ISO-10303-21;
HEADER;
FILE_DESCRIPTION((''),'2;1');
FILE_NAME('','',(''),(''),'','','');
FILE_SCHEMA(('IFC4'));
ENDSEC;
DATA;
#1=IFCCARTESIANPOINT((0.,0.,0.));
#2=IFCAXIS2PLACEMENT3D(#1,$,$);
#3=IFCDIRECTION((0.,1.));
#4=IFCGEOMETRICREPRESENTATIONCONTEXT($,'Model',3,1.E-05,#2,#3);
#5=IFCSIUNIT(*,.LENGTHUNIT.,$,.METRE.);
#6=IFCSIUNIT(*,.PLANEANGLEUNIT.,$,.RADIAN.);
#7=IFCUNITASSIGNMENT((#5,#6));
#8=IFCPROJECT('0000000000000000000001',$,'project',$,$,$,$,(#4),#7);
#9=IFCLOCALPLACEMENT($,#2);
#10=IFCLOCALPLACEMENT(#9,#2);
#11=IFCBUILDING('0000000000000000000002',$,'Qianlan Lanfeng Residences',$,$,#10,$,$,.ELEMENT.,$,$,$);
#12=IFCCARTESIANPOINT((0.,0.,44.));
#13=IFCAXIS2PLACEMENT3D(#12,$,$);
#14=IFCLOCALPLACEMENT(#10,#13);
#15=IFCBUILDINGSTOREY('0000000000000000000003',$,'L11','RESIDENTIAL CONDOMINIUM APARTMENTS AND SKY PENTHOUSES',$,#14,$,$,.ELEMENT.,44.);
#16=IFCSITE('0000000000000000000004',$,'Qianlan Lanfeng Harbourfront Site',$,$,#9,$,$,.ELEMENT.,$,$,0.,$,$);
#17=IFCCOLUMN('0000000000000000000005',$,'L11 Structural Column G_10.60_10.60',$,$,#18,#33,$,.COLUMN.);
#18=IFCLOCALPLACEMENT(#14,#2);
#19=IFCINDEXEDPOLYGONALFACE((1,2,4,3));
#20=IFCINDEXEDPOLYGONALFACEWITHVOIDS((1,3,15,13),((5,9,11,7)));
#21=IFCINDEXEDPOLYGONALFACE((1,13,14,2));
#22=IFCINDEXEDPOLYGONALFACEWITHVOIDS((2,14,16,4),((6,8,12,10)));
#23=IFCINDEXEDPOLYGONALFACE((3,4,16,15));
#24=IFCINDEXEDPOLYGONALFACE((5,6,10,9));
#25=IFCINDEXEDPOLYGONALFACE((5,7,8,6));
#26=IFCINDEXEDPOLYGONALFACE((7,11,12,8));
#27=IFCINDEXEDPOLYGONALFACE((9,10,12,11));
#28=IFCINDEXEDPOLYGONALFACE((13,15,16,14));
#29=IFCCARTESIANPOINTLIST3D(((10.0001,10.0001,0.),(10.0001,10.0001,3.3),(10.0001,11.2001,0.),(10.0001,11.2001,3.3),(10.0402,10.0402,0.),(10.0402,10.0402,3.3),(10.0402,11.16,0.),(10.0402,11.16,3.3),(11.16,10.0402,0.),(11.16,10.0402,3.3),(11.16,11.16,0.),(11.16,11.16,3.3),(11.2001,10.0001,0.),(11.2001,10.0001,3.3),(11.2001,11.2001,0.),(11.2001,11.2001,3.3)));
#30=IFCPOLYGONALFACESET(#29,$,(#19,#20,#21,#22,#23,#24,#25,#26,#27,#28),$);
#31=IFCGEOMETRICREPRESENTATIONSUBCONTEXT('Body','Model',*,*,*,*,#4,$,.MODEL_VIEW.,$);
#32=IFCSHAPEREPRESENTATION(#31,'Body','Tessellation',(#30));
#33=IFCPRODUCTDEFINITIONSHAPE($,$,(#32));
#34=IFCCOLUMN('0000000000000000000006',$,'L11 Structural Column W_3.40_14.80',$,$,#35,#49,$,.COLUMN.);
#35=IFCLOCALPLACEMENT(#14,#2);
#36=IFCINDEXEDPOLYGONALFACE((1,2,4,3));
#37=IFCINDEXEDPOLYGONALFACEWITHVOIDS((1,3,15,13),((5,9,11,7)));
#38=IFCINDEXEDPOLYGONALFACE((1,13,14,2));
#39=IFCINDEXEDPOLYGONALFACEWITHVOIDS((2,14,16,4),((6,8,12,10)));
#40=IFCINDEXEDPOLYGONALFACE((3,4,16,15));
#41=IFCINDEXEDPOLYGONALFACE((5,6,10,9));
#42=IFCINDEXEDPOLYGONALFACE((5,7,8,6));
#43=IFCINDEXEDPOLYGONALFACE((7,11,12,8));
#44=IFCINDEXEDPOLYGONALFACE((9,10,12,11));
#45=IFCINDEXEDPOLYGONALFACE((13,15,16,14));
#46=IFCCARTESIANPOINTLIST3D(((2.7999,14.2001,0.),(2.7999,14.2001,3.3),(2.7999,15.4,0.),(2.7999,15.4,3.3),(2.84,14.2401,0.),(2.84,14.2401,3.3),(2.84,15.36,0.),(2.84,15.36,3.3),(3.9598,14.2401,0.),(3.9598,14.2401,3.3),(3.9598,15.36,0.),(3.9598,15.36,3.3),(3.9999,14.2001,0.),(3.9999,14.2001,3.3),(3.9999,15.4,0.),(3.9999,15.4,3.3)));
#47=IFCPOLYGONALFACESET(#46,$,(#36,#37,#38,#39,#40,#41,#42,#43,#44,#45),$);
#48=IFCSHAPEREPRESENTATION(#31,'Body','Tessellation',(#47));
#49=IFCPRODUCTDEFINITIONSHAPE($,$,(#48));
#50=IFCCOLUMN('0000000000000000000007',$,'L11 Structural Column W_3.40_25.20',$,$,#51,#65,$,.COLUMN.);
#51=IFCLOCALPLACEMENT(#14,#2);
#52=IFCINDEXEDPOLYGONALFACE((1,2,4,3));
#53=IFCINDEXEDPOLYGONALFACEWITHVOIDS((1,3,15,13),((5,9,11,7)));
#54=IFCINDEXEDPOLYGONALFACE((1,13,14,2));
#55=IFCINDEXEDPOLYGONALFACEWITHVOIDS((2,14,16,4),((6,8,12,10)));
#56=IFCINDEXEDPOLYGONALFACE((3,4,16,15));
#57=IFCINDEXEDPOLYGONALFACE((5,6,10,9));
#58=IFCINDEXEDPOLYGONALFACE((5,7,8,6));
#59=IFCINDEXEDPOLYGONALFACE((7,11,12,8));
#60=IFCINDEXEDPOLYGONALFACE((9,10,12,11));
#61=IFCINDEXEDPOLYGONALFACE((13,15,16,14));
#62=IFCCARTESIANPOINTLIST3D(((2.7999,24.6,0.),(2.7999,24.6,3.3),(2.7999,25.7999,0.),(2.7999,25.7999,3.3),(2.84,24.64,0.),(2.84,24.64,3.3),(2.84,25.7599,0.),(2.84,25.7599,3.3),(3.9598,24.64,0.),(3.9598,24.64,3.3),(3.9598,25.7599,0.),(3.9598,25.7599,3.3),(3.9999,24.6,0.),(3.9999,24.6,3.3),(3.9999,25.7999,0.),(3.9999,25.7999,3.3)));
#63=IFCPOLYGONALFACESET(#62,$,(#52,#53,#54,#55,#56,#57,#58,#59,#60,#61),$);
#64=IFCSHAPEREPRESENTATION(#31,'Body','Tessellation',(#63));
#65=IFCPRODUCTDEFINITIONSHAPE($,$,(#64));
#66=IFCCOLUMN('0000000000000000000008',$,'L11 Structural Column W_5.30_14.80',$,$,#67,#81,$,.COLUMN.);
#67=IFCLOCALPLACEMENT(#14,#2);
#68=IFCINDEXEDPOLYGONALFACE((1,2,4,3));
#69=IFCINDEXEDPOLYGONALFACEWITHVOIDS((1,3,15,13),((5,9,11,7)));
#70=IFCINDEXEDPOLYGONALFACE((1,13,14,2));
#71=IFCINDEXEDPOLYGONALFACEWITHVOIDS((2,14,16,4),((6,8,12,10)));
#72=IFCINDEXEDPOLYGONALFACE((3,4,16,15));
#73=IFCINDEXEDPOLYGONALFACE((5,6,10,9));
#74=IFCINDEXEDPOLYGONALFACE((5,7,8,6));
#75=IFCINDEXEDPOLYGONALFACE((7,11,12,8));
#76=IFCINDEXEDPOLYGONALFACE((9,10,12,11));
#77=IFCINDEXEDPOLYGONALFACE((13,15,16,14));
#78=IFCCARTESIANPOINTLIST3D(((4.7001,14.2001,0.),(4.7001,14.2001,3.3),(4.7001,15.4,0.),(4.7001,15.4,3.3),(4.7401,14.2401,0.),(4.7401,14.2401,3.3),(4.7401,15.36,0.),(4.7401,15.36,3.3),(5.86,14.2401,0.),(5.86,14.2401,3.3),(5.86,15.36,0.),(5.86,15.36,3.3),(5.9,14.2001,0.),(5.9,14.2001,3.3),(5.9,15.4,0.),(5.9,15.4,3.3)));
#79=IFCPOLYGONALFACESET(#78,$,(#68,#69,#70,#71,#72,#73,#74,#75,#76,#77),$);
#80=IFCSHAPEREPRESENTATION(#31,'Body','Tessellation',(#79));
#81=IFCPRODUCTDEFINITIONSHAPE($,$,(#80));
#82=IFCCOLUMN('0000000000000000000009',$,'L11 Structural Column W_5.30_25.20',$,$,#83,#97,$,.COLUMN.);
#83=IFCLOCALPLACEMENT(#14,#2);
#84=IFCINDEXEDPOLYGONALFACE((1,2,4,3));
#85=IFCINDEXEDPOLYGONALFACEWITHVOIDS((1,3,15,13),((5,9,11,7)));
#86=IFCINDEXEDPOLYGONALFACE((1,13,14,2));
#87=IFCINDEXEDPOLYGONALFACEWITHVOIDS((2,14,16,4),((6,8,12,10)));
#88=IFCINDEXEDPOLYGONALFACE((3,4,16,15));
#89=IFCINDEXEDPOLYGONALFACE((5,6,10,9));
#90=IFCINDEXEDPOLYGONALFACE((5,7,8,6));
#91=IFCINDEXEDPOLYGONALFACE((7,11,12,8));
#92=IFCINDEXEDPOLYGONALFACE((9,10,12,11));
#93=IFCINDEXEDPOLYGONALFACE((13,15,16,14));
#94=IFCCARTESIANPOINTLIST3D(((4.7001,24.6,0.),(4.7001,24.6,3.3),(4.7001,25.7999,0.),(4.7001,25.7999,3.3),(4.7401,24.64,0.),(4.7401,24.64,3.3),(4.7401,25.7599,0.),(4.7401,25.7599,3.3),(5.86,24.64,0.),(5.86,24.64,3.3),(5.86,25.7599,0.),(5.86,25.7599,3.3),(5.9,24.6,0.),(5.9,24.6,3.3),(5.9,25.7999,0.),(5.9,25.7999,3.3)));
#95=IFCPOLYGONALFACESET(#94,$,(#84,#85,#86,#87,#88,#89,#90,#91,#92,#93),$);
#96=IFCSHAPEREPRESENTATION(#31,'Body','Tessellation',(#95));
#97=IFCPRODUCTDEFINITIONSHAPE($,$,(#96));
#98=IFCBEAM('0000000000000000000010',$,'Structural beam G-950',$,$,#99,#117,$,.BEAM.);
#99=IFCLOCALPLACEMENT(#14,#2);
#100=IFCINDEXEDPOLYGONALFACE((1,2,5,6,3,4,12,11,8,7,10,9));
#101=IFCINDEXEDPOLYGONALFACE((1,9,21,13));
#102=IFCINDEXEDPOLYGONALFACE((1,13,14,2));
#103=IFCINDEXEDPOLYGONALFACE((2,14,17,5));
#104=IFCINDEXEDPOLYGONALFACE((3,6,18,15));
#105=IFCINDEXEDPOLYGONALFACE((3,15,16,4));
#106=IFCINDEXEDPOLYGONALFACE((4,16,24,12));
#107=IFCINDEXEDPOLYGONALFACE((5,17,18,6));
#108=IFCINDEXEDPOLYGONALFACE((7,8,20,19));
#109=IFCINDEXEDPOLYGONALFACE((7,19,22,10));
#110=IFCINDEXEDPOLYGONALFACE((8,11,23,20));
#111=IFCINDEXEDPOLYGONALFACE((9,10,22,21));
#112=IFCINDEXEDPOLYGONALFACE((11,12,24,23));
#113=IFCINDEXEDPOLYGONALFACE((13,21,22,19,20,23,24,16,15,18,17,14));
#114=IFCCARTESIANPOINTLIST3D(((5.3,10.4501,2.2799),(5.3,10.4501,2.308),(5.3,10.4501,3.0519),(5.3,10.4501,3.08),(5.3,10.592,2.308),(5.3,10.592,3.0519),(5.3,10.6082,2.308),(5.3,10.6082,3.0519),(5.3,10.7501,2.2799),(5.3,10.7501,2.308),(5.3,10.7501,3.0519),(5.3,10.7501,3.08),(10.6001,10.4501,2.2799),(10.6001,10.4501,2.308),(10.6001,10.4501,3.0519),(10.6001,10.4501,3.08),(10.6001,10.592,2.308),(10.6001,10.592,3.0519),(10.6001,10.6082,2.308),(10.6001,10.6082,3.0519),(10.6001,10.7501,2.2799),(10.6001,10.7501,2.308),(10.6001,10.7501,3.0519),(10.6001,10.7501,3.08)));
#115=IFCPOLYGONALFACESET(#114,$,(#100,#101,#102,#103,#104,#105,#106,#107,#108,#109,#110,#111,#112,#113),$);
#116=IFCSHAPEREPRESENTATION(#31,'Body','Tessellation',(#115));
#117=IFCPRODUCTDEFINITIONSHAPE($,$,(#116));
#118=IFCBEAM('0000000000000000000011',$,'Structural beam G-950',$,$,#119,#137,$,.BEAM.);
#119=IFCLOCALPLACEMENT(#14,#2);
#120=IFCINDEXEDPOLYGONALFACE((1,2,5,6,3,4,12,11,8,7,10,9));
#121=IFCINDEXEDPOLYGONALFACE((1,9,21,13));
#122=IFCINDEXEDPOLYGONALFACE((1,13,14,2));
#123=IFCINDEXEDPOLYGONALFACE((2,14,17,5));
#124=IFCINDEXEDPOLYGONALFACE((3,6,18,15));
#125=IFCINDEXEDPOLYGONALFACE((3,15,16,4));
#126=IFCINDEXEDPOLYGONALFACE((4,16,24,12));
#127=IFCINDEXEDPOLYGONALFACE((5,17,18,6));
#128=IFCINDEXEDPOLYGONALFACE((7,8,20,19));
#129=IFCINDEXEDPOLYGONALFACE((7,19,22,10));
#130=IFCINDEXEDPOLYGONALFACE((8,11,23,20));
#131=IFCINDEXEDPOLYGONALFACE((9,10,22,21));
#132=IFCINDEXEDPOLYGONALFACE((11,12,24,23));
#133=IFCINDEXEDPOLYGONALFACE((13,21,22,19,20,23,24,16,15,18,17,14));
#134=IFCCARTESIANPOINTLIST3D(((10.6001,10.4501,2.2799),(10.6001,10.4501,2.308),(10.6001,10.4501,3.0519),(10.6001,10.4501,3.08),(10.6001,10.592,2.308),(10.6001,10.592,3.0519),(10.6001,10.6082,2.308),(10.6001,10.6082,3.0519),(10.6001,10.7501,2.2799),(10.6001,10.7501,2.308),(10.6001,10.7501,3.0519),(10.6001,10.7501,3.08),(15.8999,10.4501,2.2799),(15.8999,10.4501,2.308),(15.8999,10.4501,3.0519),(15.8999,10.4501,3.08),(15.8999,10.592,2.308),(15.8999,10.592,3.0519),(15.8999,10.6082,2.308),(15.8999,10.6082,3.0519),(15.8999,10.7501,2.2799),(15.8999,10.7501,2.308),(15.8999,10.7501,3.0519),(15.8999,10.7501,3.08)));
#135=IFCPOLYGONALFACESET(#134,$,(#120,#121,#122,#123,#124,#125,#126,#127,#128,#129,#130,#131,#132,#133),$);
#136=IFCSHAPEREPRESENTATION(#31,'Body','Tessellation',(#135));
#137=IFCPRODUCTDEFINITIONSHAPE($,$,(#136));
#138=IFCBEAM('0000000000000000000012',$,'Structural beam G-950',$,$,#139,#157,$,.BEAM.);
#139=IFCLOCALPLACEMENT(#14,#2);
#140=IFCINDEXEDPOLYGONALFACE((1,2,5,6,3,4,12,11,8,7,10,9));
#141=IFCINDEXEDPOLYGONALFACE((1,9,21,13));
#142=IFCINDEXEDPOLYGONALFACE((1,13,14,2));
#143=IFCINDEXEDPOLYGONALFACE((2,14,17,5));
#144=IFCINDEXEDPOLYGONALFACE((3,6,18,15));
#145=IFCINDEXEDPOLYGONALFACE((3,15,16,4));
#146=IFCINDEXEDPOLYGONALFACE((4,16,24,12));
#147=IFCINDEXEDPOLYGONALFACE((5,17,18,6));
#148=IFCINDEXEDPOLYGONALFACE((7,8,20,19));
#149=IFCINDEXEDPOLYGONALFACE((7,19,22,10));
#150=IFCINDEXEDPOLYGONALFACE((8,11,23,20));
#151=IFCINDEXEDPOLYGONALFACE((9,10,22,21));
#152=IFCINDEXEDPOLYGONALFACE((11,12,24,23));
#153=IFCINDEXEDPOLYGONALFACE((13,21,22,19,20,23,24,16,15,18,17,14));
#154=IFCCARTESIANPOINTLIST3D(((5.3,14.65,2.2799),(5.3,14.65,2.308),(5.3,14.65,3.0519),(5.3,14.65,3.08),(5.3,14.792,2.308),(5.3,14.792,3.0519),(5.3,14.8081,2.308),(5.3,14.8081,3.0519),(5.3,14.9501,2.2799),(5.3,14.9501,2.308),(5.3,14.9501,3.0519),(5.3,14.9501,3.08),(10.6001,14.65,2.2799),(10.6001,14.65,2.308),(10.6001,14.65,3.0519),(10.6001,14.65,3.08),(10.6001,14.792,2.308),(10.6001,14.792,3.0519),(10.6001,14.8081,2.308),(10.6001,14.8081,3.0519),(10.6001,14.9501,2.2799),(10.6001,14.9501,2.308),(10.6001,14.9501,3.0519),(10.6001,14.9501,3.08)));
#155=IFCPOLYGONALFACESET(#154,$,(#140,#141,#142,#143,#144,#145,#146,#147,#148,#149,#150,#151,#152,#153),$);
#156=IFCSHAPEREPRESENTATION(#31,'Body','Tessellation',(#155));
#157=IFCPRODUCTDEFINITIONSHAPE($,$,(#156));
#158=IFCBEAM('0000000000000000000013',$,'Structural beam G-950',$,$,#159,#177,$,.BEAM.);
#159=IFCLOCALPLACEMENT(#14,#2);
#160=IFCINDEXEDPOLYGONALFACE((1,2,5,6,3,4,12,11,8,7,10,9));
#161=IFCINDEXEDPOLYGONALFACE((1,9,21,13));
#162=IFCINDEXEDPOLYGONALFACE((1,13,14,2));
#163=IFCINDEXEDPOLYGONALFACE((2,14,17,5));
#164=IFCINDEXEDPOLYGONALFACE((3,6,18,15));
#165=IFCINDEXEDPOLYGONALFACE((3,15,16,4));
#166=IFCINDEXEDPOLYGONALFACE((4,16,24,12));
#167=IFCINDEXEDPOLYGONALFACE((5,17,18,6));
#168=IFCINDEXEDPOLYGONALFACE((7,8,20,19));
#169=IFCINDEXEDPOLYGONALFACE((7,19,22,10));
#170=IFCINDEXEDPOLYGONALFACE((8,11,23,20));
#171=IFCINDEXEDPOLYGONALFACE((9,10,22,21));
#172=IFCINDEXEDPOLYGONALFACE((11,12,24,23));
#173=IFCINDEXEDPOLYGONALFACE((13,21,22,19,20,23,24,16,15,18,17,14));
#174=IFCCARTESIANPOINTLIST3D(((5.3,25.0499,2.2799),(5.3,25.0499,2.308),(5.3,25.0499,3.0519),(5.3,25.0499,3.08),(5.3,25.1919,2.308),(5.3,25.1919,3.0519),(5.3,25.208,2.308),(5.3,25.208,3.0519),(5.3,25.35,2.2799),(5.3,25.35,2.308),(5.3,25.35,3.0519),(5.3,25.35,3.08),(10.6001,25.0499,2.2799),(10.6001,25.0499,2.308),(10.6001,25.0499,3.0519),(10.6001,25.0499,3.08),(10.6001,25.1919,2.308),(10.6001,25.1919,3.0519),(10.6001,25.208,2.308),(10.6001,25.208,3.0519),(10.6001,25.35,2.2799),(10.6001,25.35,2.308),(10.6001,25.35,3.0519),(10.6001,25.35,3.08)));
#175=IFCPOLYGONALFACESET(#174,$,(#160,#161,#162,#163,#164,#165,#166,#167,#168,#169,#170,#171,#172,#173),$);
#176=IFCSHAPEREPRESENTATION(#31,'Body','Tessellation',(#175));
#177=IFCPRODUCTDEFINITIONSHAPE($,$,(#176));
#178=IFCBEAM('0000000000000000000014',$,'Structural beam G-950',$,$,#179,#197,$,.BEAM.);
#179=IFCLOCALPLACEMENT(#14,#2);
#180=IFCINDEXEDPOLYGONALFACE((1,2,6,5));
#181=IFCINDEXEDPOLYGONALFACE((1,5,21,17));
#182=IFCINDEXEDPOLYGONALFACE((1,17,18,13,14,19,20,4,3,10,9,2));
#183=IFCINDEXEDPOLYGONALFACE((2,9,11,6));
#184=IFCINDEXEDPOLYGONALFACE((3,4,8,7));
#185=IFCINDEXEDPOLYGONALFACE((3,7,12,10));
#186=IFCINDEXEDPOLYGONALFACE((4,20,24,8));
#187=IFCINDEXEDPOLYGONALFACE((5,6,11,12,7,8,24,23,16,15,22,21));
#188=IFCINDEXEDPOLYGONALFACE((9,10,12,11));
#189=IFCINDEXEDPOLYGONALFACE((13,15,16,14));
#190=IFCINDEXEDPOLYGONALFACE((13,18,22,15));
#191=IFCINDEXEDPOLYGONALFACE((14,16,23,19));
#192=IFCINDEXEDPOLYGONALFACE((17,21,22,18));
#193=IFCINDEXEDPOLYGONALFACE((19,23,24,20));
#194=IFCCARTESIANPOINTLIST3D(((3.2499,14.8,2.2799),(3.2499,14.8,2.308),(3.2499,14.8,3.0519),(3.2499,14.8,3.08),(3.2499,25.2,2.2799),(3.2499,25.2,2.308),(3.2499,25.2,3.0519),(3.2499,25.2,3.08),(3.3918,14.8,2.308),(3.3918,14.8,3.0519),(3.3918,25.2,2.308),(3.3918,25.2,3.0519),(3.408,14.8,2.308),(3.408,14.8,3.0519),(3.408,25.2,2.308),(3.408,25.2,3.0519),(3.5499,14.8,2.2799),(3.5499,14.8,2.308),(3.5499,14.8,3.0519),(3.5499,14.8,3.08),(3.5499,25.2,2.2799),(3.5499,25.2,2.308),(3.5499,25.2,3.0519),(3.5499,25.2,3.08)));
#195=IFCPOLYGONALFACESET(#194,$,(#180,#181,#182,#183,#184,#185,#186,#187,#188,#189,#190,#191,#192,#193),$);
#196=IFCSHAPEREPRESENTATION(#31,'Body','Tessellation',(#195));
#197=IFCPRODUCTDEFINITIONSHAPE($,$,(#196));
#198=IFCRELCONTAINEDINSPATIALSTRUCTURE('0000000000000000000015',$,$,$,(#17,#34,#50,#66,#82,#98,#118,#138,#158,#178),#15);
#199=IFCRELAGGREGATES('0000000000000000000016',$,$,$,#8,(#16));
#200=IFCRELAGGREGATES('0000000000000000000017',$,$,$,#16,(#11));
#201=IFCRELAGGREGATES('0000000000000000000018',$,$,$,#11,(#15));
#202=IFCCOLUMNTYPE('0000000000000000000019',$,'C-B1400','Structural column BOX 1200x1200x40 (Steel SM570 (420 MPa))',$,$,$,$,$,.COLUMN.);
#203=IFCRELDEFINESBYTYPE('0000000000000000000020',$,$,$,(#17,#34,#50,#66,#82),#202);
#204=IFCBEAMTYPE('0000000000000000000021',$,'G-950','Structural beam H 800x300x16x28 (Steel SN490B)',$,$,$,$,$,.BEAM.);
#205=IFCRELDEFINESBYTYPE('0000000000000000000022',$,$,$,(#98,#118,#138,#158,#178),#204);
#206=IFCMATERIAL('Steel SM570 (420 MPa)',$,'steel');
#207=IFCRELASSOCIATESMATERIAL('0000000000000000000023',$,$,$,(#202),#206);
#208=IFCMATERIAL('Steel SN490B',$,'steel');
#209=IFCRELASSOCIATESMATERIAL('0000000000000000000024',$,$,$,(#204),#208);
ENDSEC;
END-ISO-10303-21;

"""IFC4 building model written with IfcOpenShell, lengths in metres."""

from ifc_helpers import new_model, si_unit, direction, frame, origin, origin_2d, place, context, subcontext, project, spatial, hollow_rectangle, i_section, extrude, material, material_profile, profile_set, type_object, element, save


model = new_model("IFC4")

# Units and contexts
model_context = context("Model", 3, precision=1e-05, world=origin(), true_north=direction((0.0, 1.0)))
body_context = subcontext(model_context, "Body", "Model", "MODEL_VIEW")
ifc_project = project(units=[si_unit("LENGTHUNIT", "METRE"), si_unit("PLANEANGLEUNIT", "RADIAN")], contexts=[model_context])

# Site, building, storey
site_placement = place(None, origin())
site = spatial("IfcSite", under=ifc_project, at=site_placement, Name="Qianlan Lanfeng Harbourfront Site", CompositionType="ELEMENT", RefElevation=0.0)
building_placement = place(site_placement, origin())
building = spatial("IfcBuilding", under=site, at=building_placement, Name="Qianlan Lanfeng Residences", CompositionType="ELEMENT")
storey_placement = place(building_placement, frame((0.0, 0.0, 44.0)))
storey = spatial("IfcBuildingStorey", under=building, at=storey_placement, Name="L11", Description="RESIDENTIAL CONDOMINIUM APARTMENTS AND SKY PENTHOUSES", CompositionType="ELEMENT", Elevation=44.0)

# Columns
ifc_material_1 = material(Name="Steel SM570 (420 MPa)", Category="steel")
ifc_material_profile_1 = material_profile(ifc_material_1, hollow_rectangle(XDim=1.2, YDim=1.2, WallThickness=0.04, at=origin_2d()), Name="BOX 1200x1200x40")
ifc_profile_set_1 = profile_set([ifc_material_profile_1], Name="Steel SM570 (420 MPa)")
column_type = type_object("IfcColumnType", Name="C-B1400", Description="Structural column BOX 1200x1200x40 (Steel SM570 (420 MPa))", PredefinedType="COLUMN", material=ifc_profile_set_1)
for number, where, z_axis, x_axis, name in (
    (1, (10.6001, 10.6001, 0.0), (0.0, 0.0, 1.0), (1.0, 0.0, 0.0), "L11 Structural Column G_10.60_10.60"),
    (2, (3.3999, 14.8, 0.0), (0.0, 0.0, 1.0), (1.0, 0.0, 0.0), "L11 Structural Column W_3.40_14.80"),
    (3, (3.3999, 25.2, 0.0), (0.0, 0.0, 1.0), (1.0, 0.0, 0.0), "L11 Structural Column W_3.40_25.20"),
    (4, (5.3, 14.8, 0.0), (0.0, 0.0, 1.0), (1.0, 0.0, 0.0), "L11 Structural Column W_5.30_14.80"),
    (5, (5.3, 25.2, 0.0), (0.0, 0.0, 1.0), (1.0, 0.0, 0.0), "L11 Structural Column W_5.30_25.20"),
):
    element("IfcColumn", number, at=place(storey_placement, frame(where, z_axis=z_axis, x_axis=x_axis)), inside=storey, type_object=column_type, Name=name, PredefinedType="COLUMN", context=body_context, shape_type="SweptSolid", body=[
        extrude(hollow_rectangle(XDim=1.2, YDim=1.2, WallThickness=0.04, at=origin_2d()), origin(), (0.0, 0.0, 1.0), 3.3),
    ])

# Beams
ifc_material_2 = material(Name="Steel SN490B", Category="steel")
ifc_material_profile_2 = material_profile(ifc_material_2, i_section(OverallWidth=0.3, OverallDepth=0.8, WebThickness=0.0161, FlangeThickness=0.0281, at=origin_2d()), Name="H 800x300x16x28")
ifc_profile_set_2 = profile_set([ifc_material_profile_2], Name="Steel SN490B")
beam_type_1 = type_object("IfcBeamType", Name="G-950", Description="Structural beam H 800x300x16x28 (Steel SN490B)", PredefinedType="BEAM", material=ifc_profile_set_2)
beam_1_placement = place(storey_placement, frame((5.3, 10.6001, 2.6799), z_axis=(1.0, 0.0, 0.0), x_axis=(0.0, 1.0, 0.0)))
element("IfcBeam", 6, at=beam_1_placement, inside=storey, type_object=beam_type_1, Name="Structural beam G-950", PredefinedType="BEAM", context=body_context, shape_type="SweptSolid", body=[
    extrude(i_section(OverallWidth=0.3, OverallDepth=0.8, WebThickness=0.0161, FlangeThickness=0.0281, at=origin_2d()), origin(), (0.0, 0.0, 1.0), 5.3),
])
beam_2_placement = place(storey_placement, frame((10.6001, 10.6001, 2.6799), z_axis=(1.0, 0.0, 0.0), x_axis=(0.0, 1.0, 0.0)))
element("IfcBeam", 7, at=beam_2_placement, inside=storey, type_object=beam_type_1, Name="Structural beam G-950", PredefinedType="BEAM", context=body_context, shape_type="SweptSolid", body=[
    extrude(i_section(OverallWidth=0.3, OverallDepth=0.8, WebThickness=0.0161, FlangeThickness=0.0281, at=origin_2d()), origin(), (0.0, 0.0, 1.0), 5.2998),
])
for number, where, z_axis, x_axis, name in (
    (8, (5.3, 14.8, 2.6799), (1.0, 0.0, 0.0), (0.0, 1.0, 0.0), "Structural beam G-950"),
    (9, (5.3, 25.2, 2.6799), (1.0, 0.0, 0.0), (0.0, 1.0, 0.0), "Structural beam G-950"),
):
    element("IfcBeam", number, at=place(storey_placement, frame(where, z_axis=z_axis, x_axis=x_axis)), inside=storey, type_object=beam_type_1, Name=name, PredefinedType="BEAM", context=body_context, shape_type="SweptSolid", body=[
        extrude(i_section(OverallWidth=0.3, OverallDepth=0.8, WebThickness=0.0161, FlangeThickness=0.0281, at=origin_2d()), origin(), (0.0, 0.0, 1.0), 5.3),
    ])
beam_3_placement = place(storey_placement, frame((3.3999, 14.8, 2.6799), z_axis=(0.0, 1.0, 0.0), x_axis=(-1.0, 0.0, 0.0)))
element("IfcBeam", 10, at=beam_3_placement, inside=storey, type_object=beam_type_1, Name="Structural beam G-950", PredefinedType="BEAM", context=body_context, shape_type="SweptSolid", body=[
    extrude(i_section(OverallWidth=0.3, OverallDepth=0.8, WebThickness=0.0161, FlangeThickness=0.0281, at=origin_2d()), origin(), (0.0, 0.0, 1.0), 10.3999),
])

save(model, "model.ifc")
